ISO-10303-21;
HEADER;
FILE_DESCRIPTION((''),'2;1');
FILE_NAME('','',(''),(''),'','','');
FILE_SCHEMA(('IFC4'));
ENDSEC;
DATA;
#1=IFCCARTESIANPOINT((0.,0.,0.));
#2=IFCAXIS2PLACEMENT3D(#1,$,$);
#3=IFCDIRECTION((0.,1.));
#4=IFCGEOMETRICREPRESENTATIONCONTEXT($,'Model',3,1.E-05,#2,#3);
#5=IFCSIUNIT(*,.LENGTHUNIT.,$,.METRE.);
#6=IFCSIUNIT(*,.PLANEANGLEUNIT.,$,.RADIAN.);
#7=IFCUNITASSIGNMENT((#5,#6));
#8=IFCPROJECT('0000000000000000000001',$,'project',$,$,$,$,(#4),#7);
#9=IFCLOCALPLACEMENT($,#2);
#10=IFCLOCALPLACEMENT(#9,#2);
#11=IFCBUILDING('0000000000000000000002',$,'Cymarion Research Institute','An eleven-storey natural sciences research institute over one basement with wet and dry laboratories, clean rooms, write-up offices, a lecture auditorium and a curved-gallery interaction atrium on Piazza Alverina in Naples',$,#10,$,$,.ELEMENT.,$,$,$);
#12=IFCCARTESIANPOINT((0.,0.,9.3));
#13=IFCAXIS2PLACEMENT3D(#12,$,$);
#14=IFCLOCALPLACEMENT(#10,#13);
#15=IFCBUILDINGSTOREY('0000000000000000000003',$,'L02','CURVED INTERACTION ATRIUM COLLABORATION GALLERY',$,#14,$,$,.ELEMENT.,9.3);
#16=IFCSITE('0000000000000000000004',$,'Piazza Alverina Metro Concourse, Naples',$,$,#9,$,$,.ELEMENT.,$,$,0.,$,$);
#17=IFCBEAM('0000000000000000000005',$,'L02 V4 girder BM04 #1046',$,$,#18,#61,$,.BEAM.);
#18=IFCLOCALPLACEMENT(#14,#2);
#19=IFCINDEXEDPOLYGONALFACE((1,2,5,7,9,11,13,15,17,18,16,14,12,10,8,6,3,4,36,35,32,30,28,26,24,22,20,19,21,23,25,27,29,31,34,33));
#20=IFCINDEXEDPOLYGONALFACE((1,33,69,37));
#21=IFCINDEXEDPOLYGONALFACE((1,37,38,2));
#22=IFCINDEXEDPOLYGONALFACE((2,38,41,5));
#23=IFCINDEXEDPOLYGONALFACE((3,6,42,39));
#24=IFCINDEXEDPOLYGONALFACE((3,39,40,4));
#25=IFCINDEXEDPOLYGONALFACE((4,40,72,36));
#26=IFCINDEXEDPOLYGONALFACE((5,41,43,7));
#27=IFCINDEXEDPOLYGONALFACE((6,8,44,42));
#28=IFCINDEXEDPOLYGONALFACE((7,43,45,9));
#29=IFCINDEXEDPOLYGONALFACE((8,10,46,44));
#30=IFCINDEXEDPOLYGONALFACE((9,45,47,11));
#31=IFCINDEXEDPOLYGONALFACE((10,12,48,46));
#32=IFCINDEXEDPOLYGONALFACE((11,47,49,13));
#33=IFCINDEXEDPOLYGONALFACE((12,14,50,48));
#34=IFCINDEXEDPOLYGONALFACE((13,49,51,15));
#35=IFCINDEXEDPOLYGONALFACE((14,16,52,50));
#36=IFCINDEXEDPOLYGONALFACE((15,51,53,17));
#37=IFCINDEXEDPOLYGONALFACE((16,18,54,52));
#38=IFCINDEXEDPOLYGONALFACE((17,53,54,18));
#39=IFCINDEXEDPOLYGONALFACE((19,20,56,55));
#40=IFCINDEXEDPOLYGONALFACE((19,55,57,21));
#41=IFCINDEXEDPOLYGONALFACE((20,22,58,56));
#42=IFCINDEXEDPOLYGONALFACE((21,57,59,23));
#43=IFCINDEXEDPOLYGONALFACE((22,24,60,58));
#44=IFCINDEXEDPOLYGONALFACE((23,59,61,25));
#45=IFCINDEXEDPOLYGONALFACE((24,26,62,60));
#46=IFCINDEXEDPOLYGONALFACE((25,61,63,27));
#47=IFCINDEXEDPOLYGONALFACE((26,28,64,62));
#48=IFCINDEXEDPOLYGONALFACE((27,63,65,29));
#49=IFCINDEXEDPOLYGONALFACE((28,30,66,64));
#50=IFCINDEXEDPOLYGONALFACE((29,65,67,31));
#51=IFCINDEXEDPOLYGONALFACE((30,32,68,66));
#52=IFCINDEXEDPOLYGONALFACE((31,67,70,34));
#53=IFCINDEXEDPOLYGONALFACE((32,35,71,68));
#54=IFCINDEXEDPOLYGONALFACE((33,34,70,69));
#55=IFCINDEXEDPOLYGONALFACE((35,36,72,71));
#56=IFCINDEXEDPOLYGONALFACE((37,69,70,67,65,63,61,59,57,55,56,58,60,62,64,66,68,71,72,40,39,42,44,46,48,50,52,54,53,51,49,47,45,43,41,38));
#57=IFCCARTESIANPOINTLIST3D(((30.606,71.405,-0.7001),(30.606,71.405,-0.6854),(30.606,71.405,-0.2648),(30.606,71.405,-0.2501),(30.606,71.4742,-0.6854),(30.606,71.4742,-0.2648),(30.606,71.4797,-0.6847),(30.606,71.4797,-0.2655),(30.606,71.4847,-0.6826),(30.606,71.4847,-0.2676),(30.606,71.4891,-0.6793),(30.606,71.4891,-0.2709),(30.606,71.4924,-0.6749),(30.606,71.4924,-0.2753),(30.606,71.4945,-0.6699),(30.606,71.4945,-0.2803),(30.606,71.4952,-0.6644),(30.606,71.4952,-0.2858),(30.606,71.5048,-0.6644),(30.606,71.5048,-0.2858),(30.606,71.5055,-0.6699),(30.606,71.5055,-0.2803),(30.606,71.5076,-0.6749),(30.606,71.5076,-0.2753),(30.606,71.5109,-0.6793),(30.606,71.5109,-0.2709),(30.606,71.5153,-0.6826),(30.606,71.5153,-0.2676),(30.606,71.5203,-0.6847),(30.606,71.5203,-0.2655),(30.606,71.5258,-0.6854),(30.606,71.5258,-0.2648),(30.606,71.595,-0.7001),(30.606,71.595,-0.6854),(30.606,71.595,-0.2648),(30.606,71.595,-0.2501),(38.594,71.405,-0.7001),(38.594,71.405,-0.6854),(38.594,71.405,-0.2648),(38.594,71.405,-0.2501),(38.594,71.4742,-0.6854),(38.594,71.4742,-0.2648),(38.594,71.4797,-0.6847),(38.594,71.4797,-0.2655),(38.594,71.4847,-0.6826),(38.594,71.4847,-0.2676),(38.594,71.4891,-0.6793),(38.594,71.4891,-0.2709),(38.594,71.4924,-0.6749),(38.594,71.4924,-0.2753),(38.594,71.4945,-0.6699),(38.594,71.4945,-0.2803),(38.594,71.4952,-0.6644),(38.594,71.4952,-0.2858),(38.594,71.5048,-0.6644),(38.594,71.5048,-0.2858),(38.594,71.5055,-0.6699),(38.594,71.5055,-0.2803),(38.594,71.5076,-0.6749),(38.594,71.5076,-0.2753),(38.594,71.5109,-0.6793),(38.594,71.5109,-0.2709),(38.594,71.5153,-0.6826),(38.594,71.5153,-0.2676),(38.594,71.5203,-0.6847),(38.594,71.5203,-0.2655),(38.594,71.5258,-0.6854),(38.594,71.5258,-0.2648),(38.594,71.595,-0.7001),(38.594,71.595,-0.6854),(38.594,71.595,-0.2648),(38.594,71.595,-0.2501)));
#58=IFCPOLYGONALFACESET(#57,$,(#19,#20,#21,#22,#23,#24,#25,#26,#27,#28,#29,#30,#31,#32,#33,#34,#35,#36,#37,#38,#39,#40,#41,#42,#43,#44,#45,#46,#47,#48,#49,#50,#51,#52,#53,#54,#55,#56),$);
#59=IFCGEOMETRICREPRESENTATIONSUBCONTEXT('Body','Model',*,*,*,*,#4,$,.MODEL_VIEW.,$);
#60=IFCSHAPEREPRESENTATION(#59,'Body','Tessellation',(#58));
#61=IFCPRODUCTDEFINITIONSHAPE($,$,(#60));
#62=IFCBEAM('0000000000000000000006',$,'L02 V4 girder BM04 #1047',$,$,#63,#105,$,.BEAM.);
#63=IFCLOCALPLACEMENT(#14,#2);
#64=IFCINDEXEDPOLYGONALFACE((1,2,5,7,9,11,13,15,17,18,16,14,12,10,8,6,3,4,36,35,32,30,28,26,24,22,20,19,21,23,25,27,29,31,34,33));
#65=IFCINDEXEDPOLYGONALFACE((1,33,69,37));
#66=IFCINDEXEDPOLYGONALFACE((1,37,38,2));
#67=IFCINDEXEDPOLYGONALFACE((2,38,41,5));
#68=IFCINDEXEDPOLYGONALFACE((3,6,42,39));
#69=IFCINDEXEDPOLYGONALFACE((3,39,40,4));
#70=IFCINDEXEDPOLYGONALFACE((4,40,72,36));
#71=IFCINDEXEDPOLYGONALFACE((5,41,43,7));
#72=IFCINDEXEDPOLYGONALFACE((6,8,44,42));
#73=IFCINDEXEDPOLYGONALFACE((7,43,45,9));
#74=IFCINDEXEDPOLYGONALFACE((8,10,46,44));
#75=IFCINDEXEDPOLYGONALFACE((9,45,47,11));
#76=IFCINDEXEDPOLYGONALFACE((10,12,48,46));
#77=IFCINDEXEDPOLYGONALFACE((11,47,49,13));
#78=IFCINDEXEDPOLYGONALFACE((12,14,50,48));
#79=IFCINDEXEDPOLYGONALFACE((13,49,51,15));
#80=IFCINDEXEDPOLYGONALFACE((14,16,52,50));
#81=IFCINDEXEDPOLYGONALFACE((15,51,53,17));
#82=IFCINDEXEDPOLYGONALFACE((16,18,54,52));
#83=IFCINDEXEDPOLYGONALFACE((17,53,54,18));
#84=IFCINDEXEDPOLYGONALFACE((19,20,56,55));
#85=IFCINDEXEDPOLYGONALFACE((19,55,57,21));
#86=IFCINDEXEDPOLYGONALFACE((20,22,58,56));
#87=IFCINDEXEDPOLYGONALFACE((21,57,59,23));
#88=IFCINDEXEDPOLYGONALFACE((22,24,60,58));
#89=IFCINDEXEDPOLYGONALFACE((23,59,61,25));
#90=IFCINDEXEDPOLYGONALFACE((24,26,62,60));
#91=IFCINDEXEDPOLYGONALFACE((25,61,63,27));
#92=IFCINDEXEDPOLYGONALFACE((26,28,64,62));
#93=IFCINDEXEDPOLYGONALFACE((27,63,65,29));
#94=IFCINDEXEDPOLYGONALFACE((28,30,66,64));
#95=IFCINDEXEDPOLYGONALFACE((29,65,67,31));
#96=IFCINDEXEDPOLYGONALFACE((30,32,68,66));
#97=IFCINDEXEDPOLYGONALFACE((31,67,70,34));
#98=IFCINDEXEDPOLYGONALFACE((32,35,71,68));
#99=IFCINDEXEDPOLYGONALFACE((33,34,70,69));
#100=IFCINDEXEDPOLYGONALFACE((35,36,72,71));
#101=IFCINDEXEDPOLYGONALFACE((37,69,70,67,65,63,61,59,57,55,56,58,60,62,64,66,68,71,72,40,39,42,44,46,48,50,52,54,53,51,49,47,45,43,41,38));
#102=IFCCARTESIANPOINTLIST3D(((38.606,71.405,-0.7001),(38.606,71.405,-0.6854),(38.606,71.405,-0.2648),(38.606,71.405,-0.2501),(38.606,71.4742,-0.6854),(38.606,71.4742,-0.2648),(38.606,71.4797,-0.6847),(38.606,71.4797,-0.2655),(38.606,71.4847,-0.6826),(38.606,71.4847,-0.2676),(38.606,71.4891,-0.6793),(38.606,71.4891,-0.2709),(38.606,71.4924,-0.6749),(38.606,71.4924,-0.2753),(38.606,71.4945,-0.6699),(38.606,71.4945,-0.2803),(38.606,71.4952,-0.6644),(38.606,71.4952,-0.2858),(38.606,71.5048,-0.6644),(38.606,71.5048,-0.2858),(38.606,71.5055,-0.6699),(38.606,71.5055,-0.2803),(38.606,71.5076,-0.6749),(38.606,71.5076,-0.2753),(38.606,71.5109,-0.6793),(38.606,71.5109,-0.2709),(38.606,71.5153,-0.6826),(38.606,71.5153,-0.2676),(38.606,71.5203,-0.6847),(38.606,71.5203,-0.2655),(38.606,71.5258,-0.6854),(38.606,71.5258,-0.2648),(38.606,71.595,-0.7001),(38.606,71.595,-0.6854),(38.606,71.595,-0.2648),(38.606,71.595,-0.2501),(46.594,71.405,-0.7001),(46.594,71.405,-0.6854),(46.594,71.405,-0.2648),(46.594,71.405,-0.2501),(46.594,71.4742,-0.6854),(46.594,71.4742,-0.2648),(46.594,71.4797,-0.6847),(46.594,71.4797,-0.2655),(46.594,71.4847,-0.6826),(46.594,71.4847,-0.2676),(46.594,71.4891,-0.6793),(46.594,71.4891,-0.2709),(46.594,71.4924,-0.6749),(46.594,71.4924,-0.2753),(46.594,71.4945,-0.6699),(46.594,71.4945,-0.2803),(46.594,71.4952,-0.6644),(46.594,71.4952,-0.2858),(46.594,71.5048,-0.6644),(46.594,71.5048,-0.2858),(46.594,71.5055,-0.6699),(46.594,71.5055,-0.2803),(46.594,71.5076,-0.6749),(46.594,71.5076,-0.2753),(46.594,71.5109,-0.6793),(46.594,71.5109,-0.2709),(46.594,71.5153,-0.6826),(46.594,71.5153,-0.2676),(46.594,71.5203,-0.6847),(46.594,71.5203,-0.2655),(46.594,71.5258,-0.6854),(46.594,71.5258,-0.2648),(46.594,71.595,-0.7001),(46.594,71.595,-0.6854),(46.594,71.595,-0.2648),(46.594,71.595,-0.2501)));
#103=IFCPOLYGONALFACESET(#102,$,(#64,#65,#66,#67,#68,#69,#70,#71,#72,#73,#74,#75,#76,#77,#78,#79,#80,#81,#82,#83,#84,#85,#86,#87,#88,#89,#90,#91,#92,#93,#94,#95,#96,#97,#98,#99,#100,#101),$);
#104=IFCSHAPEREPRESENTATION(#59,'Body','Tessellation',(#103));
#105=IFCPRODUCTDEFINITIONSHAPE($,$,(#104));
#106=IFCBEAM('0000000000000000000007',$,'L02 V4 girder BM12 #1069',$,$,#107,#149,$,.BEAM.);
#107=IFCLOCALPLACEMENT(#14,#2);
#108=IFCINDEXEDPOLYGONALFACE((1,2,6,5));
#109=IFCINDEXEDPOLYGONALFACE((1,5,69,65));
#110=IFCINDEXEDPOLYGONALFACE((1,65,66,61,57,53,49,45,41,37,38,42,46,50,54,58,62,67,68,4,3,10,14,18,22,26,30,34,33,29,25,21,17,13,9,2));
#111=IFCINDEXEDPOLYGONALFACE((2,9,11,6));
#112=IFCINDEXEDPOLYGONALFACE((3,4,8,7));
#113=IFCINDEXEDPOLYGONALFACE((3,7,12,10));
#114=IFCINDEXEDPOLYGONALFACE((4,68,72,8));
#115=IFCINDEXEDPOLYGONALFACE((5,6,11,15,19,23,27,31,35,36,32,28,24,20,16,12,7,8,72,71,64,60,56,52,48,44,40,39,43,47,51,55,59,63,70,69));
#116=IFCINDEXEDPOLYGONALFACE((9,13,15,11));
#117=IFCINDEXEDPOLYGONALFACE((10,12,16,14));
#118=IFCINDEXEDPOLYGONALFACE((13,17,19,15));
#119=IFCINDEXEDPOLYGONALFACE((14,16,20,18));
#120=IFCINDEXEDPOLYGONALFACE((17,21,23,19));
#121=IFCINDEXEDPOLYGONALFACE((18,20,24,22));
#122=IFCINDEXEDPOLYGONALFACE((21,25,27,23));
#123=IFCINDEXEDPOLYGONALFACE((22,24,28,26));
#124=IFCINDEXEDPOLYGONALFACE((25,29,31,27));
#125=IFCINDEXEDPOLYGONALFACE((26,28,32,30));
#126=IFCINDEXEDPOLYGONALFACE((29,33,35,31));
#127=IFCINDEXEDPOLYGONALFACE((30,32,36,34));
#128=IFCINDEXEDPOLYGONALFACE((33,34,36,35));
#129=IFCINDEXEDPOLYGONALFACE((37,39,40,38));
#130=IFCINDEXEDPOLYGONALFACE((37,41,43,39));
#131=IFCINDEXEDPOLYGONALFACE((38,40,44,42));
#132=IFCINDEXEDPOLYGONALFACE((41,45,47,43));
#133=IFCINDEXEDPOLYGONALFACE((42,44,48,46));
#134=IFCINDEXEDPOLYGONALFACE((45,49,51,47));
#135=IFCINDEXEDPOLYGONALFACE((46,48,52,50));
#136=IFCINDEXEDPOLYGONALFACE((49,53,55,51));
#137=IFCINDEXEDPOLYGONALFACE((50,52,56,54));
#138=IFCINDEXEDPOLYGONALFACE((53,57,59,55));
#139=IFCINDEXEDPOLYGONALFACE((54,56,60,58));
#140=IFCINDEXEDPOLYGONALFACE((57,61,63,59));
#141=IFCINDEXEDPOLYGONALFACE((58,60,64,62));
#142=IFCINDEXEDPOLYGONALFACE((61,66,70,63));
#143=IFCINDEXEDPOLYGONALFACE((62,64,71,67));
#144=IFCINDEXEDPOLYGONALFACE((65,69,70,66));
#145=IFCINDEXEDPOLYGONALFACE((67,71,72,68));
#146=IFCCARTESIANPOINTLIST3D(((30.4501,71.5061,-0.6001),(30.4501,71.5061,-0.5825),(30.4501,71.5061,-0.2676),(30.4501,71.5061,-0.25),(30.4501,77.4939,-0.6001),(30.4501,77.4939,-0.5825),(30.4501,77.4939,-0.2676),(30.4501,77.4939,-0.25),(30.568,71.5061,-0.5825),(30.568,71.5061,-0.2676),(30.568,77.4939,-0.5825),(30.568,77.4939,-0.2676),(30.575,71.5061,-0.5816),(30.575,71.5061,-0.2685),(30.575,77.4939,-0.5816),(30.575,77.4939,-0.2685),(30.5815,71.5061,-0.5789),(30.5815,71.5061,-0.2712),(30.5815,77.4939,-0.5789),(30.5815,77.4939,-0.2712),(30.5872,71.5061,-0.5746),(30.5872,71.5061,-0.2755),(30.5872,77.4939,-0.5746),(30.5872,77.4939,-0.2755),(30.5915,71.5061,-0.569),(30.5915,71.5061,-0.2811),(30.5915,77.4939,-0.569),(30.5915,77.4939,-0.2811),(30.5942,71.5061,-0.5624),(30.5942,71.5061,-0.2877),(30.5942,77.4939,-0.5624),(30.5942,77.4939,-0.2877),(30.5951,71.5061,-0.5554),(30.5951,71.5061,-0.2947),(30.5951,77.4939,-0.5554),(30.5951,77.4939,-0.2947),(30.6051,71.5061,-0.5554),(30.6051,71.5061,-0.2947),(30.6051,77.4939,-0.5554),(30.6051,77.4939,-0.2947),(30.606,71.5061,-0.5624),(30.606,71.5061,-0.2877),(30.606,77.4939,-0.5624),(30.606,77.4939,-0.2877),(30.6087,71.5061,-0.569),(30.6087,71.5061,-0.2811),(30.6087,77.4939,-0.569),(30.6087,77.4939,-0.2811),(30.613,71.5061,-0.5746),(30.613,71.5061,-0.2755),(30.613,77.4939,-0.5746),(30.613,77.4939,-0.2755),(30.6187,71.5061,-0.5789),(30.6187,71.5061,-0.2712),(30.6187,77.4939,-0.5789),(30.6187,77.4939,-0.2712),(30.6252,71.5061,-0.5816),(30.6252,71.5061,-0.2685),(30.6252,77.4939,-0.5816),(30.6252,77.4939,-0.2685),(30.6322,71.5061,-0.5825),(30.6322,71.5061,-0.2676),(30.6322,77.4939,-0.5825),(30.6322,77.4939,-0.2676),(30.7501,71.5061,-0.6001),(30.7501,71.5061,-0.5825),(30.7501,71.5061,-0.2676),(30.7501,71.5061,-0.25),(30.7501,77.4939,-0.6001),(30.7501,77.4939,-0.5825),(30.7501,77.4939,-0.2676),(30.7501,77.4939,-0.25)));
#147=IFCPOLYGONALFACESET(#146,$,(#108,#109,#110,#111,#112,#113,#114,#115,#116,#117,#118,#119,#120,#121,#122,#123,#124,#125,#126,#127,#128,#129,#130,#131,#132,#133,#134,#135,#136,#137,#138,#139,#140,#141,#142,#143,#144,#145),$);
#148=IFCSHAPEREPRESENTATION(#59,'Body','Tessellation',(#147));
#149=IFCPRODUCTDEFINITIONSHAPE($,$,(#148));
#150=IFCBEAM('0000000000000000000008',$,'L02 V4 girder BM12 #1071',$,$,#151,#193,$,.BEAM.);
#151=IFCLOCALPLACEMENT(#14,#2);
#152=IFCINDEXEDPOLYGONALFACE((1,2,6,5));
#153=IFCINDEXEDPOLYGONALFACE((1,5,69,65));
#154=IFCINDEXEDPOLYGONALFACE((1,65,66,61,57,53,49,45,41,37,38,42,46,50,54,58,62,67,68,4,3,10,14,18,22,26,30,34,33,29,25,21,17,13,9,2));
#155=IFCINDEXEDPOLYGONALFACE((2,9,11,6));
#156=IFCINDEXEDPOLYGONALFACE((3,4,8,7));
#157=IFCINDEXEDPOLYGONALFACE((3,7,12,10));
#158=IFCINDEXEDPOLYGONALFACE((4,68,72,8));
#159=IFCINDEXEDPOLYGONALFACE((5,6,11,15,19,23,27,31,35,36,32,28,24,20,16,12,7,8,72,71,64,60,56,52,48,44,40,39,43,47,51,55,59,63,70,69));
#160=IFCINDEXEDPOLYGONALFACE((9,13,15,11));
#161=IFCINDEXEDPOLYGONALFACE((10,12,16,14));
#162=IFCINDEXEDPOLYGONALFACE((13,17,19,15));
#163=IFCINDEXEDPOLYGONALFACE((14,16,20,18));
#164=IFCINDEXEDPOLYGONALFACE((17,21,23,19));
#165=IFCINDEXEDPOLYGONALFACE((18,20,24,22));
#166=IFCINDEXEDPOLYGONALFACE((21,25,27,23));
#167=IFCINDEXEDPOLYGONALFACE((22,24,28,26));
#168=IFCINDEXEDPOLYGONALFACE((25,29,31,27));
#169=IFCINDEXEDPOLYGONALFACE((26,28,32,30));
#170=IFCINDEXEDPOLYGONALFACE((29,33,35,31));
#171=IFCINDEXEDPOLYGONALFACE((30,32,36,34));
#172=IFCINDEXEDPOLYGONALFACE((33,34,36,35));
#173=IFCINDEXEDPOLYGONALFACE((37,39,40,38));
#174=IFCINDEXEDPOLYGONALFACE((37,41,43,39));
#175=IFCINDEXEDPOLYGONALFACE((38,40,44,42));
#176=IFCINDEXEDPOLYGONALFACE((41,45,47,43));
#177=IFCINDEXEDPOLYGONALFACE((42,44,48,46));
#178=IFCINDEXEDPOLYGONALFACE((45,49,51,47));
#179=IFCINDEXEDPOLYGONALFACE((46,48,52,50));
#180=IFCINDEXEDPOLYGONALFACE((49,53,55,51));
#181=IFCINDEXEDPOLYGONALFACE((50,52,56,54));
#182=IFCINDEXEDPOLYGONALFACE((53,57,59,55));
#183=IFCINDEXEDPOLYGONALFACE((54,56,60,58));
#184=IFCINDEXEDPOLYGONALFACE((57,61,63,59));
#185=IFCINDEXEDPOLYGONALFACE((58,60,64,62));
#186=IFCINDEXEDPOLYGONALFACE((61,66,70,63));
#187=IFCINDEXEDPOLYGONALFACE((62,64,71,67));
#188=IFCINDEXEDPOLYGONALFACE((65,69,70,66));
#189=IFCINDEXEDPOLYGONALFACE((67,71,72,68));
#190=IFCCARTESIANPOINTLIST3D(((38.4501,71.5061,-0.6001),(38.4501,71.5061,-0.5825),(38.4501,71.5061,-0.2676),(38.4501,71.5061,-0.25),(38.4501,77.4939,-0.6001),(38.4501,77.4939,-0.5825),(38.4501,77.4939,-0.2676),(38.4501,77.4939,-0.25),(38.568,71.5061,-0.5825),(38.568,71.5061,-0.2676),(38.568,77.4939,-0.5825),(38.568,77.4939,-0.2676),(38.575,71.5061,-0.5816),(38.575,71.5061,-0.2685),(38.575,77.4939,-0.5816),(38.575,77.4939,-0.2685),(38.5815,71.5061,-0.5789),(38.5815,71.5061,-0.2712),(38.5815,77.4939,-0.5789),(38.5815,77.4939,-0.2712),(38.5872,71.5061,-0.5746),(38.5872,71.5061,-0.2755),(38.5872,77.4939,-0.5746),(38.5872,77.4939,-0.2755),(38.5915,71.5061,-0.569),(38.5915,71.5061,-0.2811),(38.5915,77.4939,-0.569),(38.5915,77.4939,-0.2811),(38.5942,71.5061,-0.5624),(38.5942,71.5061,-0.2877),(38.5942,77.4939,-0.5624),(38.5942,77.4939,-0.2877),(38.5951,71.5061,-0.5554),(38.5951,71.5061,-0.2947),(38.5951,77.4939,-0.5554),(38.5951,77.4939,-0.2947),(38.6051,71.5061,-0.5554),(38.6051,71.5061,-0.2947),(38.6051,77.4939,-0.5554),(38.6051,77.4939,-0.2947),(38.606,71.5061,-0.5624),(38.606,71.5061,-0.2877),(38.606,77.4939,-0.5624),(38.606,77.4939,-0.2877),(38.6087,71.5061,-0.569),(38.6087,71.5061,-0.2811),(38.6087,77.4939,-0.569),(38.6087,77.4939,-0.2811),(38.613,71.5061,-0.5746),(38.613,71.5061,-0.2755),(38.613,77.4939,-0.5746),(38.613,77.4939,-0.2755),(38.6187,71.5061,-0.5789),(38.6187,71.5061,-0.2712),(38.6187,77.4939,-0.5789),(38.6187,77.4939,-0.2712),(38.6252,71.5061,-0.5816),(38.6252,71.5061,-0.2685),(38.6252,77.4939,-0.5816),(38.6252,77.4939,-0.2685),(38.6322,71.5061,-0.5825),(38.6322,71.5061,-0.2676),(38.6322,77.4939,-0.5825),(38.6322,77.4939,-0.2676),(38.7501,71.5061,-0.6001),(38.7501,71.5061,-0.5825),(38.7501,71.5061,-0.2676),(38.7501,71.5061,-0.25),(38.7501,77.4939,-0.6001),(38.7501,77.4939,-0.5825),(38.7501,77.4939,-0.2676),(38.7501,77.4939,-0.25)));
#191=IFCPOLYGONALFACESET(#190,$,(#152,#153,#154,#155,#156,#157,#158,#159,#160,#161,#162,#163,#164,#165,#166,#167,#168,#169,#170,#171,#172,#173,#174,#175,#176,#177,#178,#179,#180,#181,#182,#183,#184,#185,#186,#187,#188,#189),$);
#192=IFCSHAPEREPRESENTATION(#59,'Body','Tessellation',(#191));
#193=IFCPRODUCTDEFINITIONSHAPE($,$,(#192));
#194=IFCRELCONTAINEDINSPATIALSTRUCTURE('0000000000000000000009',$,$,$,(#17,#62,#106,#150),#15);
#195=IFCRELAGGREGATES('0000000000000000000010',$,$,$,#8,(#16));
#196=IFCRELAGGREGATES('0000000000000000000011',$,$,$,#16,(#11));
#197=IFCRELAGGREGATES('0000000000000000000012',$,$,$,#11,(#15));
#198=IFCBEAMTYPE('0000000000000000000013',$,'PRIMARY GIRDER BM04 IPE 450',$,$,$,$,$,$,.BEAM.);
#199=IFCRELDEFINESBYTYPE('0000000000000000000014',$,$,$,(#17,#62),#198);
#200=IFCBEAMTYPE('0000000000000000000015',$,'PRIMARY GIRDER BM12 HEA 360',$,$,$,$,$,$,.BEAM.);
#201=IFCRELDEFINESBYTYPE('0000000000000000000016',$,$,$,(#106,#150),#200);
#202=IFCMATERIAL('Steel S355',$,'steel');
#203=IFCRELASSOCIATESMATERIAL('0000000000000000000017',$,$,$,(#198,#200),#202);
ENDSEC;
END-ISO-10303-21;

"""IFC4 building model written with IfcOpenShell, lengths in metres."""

from ifc_helpers import new_model, si_unit, direction, frame, origin, origin_2d, place, context, subcontext, project, spatial, i_section, extrude, material, material_profile, profile_set, type_object, element, save


model = new_model("IFC4")

# Units and contexts
model_context = context("Model", 3, precision=1e-05, world=origin(), true_north=direction((0.0, 1.0)))
body_context = subcontext(model_context, "Body", "Model", "MODEL_VIEW")
ifc_project = project(units=[si_unit("LENGTHUNIT", "METRE"), si_unit("PLANEANGLEUNIT", "RADIAN")], contexts=[model_context])

# Site, building, storey
site_placement = place(None, origin())
site = spatial("IfcSite", under=ifc_project, at=site_placement, Name="Piazza Alverina Metro Concourse, Naples", CompositionType="ELEMENT", RefElevation=0.0)
building_placement = place(site_placement, origin())
building = spatial("IfcBuilding", under=site, at=building_placement, Name="Cymarion Research Institute", Description="An eleven-storey natural sciences research institute over one basement with wet and dry laboratories, clean rooms, write-up offices, a lecture auditorium and a curved-gallery interaction atrium on Piazza Alverina in Naples", CompositionType="ELEMENT")
storey_placement = place(building_placement, frame((0.0, 0.0, 9.3)))
storey = spatial("IfcBuildingStorey", under=building, at=storey_placement, Name="L02", Description="CURVED INTERACTION ATRIUM COLLABORATION GALLERY", CompositionType="ELEMENT", Elevation=9.3)

# Shared definitions
ifc_material_1 = material(Name="Steel S355", Category="steel")

# Beams
ifc_material_profile_1 = material_profile(ifc_material_1, i_section(OverallWidth=0.1899, OverallDepth=0.45, WebThickness=0.0095, FlangeThickness=0.0146, FilletRadius=0.021, at=origin_2d()), Name="IPE 450")
ifc_profile_set_1 = profile_set([ifc_material_profile_1], Name="Steel S355")
beam_type_1 = type_object("IfcBeamType", Name="PRIMARY GIRDER BM04 IPE 450", PredefinedType="BEAM", material=ifc_profile_set_1)
for number, where, z_axis, x_axis, name in (
    (1, (30.606, 71.5, -0.4751), (1.0, 0.0, 0.0), (0.0, 1.0, 0.0), "L02 V4 girder BM04 #1046"),
    (2, (38.606, 71.5, -0.4751), (1.0, 0.0, 0.0), (0.0, 1.0, 0.0), "L02 V4 girder BM04 #1047"),
):
    element("IfcBeam", number, at=place(storey_placement, frame(where, z_axis=z_axis, x_axis=x_axis)), inside=storey, type_object=beam_type_1, Name=name, PredefinedType="BEAM", context=body_context, shape_type="SweptSolid", body=[
        extrude(i_section(OverallWidth=0.1899, OverallDepth=0.45, WebThickness=0.0095, FlangeThickness=0.0146, FilletRadius=0.021, at=origin_2d()), origin(), (0.0, 0.0, 1.0), 7.988),
    ])
ifc_material_profile_2 = material_profile(ifc_material_1, i_section(OverallWidth=0.3, OverallDepth=0.3501, WebThickness=0.01, FlangeThickness=0.0176, FilletRadius=0.0271, at=origin_2d()), Name="HEA 360")
ifc_profile_set_2 = profile_set([ifc_material_profile_2], Name="Steel S355")
beam_type_2 = type_object("IfcBeamType", Name="PRIMARY GIRDER BM12 HEA 360", PredefinedType="BEAM", material=ifc_profile_set_2)
for number, where, z_axis, x_axis, name in (
    (3, (30.6001, 71.5061, -0.425), (0.0, 1.0, 0.0), (-1.0, 0.0, 0.0), "L02 V4 girder BM12 #1069"),
    (4, (38.6001, 71.5061, -0.425), (0.0, 1.0, 0.0), (-1.0, 0.0, 0.0), "L02 V4 girder BM12 #1071"),
):
    element("IfcBeam", number, at=place(storey_placement, frame(where, z_axis=z_axis, x_axis=x_axis)), inside=storey, type_object=beam_type_2, Name=name, PredefinedType="BEAM", context=body_context, shape_type="SweptSolid", body=[
        extrude(i_section(OverallWidth=0.3, OverallDepth=0.3501, WebThickness=0.01, FlangeThickness=0.0176, FilletRadius=0.0271, at=origin_2d()), origin(), (0.0, 0.0, 1.0), 5.9878),
    ])

save(model, "model.ifc")
